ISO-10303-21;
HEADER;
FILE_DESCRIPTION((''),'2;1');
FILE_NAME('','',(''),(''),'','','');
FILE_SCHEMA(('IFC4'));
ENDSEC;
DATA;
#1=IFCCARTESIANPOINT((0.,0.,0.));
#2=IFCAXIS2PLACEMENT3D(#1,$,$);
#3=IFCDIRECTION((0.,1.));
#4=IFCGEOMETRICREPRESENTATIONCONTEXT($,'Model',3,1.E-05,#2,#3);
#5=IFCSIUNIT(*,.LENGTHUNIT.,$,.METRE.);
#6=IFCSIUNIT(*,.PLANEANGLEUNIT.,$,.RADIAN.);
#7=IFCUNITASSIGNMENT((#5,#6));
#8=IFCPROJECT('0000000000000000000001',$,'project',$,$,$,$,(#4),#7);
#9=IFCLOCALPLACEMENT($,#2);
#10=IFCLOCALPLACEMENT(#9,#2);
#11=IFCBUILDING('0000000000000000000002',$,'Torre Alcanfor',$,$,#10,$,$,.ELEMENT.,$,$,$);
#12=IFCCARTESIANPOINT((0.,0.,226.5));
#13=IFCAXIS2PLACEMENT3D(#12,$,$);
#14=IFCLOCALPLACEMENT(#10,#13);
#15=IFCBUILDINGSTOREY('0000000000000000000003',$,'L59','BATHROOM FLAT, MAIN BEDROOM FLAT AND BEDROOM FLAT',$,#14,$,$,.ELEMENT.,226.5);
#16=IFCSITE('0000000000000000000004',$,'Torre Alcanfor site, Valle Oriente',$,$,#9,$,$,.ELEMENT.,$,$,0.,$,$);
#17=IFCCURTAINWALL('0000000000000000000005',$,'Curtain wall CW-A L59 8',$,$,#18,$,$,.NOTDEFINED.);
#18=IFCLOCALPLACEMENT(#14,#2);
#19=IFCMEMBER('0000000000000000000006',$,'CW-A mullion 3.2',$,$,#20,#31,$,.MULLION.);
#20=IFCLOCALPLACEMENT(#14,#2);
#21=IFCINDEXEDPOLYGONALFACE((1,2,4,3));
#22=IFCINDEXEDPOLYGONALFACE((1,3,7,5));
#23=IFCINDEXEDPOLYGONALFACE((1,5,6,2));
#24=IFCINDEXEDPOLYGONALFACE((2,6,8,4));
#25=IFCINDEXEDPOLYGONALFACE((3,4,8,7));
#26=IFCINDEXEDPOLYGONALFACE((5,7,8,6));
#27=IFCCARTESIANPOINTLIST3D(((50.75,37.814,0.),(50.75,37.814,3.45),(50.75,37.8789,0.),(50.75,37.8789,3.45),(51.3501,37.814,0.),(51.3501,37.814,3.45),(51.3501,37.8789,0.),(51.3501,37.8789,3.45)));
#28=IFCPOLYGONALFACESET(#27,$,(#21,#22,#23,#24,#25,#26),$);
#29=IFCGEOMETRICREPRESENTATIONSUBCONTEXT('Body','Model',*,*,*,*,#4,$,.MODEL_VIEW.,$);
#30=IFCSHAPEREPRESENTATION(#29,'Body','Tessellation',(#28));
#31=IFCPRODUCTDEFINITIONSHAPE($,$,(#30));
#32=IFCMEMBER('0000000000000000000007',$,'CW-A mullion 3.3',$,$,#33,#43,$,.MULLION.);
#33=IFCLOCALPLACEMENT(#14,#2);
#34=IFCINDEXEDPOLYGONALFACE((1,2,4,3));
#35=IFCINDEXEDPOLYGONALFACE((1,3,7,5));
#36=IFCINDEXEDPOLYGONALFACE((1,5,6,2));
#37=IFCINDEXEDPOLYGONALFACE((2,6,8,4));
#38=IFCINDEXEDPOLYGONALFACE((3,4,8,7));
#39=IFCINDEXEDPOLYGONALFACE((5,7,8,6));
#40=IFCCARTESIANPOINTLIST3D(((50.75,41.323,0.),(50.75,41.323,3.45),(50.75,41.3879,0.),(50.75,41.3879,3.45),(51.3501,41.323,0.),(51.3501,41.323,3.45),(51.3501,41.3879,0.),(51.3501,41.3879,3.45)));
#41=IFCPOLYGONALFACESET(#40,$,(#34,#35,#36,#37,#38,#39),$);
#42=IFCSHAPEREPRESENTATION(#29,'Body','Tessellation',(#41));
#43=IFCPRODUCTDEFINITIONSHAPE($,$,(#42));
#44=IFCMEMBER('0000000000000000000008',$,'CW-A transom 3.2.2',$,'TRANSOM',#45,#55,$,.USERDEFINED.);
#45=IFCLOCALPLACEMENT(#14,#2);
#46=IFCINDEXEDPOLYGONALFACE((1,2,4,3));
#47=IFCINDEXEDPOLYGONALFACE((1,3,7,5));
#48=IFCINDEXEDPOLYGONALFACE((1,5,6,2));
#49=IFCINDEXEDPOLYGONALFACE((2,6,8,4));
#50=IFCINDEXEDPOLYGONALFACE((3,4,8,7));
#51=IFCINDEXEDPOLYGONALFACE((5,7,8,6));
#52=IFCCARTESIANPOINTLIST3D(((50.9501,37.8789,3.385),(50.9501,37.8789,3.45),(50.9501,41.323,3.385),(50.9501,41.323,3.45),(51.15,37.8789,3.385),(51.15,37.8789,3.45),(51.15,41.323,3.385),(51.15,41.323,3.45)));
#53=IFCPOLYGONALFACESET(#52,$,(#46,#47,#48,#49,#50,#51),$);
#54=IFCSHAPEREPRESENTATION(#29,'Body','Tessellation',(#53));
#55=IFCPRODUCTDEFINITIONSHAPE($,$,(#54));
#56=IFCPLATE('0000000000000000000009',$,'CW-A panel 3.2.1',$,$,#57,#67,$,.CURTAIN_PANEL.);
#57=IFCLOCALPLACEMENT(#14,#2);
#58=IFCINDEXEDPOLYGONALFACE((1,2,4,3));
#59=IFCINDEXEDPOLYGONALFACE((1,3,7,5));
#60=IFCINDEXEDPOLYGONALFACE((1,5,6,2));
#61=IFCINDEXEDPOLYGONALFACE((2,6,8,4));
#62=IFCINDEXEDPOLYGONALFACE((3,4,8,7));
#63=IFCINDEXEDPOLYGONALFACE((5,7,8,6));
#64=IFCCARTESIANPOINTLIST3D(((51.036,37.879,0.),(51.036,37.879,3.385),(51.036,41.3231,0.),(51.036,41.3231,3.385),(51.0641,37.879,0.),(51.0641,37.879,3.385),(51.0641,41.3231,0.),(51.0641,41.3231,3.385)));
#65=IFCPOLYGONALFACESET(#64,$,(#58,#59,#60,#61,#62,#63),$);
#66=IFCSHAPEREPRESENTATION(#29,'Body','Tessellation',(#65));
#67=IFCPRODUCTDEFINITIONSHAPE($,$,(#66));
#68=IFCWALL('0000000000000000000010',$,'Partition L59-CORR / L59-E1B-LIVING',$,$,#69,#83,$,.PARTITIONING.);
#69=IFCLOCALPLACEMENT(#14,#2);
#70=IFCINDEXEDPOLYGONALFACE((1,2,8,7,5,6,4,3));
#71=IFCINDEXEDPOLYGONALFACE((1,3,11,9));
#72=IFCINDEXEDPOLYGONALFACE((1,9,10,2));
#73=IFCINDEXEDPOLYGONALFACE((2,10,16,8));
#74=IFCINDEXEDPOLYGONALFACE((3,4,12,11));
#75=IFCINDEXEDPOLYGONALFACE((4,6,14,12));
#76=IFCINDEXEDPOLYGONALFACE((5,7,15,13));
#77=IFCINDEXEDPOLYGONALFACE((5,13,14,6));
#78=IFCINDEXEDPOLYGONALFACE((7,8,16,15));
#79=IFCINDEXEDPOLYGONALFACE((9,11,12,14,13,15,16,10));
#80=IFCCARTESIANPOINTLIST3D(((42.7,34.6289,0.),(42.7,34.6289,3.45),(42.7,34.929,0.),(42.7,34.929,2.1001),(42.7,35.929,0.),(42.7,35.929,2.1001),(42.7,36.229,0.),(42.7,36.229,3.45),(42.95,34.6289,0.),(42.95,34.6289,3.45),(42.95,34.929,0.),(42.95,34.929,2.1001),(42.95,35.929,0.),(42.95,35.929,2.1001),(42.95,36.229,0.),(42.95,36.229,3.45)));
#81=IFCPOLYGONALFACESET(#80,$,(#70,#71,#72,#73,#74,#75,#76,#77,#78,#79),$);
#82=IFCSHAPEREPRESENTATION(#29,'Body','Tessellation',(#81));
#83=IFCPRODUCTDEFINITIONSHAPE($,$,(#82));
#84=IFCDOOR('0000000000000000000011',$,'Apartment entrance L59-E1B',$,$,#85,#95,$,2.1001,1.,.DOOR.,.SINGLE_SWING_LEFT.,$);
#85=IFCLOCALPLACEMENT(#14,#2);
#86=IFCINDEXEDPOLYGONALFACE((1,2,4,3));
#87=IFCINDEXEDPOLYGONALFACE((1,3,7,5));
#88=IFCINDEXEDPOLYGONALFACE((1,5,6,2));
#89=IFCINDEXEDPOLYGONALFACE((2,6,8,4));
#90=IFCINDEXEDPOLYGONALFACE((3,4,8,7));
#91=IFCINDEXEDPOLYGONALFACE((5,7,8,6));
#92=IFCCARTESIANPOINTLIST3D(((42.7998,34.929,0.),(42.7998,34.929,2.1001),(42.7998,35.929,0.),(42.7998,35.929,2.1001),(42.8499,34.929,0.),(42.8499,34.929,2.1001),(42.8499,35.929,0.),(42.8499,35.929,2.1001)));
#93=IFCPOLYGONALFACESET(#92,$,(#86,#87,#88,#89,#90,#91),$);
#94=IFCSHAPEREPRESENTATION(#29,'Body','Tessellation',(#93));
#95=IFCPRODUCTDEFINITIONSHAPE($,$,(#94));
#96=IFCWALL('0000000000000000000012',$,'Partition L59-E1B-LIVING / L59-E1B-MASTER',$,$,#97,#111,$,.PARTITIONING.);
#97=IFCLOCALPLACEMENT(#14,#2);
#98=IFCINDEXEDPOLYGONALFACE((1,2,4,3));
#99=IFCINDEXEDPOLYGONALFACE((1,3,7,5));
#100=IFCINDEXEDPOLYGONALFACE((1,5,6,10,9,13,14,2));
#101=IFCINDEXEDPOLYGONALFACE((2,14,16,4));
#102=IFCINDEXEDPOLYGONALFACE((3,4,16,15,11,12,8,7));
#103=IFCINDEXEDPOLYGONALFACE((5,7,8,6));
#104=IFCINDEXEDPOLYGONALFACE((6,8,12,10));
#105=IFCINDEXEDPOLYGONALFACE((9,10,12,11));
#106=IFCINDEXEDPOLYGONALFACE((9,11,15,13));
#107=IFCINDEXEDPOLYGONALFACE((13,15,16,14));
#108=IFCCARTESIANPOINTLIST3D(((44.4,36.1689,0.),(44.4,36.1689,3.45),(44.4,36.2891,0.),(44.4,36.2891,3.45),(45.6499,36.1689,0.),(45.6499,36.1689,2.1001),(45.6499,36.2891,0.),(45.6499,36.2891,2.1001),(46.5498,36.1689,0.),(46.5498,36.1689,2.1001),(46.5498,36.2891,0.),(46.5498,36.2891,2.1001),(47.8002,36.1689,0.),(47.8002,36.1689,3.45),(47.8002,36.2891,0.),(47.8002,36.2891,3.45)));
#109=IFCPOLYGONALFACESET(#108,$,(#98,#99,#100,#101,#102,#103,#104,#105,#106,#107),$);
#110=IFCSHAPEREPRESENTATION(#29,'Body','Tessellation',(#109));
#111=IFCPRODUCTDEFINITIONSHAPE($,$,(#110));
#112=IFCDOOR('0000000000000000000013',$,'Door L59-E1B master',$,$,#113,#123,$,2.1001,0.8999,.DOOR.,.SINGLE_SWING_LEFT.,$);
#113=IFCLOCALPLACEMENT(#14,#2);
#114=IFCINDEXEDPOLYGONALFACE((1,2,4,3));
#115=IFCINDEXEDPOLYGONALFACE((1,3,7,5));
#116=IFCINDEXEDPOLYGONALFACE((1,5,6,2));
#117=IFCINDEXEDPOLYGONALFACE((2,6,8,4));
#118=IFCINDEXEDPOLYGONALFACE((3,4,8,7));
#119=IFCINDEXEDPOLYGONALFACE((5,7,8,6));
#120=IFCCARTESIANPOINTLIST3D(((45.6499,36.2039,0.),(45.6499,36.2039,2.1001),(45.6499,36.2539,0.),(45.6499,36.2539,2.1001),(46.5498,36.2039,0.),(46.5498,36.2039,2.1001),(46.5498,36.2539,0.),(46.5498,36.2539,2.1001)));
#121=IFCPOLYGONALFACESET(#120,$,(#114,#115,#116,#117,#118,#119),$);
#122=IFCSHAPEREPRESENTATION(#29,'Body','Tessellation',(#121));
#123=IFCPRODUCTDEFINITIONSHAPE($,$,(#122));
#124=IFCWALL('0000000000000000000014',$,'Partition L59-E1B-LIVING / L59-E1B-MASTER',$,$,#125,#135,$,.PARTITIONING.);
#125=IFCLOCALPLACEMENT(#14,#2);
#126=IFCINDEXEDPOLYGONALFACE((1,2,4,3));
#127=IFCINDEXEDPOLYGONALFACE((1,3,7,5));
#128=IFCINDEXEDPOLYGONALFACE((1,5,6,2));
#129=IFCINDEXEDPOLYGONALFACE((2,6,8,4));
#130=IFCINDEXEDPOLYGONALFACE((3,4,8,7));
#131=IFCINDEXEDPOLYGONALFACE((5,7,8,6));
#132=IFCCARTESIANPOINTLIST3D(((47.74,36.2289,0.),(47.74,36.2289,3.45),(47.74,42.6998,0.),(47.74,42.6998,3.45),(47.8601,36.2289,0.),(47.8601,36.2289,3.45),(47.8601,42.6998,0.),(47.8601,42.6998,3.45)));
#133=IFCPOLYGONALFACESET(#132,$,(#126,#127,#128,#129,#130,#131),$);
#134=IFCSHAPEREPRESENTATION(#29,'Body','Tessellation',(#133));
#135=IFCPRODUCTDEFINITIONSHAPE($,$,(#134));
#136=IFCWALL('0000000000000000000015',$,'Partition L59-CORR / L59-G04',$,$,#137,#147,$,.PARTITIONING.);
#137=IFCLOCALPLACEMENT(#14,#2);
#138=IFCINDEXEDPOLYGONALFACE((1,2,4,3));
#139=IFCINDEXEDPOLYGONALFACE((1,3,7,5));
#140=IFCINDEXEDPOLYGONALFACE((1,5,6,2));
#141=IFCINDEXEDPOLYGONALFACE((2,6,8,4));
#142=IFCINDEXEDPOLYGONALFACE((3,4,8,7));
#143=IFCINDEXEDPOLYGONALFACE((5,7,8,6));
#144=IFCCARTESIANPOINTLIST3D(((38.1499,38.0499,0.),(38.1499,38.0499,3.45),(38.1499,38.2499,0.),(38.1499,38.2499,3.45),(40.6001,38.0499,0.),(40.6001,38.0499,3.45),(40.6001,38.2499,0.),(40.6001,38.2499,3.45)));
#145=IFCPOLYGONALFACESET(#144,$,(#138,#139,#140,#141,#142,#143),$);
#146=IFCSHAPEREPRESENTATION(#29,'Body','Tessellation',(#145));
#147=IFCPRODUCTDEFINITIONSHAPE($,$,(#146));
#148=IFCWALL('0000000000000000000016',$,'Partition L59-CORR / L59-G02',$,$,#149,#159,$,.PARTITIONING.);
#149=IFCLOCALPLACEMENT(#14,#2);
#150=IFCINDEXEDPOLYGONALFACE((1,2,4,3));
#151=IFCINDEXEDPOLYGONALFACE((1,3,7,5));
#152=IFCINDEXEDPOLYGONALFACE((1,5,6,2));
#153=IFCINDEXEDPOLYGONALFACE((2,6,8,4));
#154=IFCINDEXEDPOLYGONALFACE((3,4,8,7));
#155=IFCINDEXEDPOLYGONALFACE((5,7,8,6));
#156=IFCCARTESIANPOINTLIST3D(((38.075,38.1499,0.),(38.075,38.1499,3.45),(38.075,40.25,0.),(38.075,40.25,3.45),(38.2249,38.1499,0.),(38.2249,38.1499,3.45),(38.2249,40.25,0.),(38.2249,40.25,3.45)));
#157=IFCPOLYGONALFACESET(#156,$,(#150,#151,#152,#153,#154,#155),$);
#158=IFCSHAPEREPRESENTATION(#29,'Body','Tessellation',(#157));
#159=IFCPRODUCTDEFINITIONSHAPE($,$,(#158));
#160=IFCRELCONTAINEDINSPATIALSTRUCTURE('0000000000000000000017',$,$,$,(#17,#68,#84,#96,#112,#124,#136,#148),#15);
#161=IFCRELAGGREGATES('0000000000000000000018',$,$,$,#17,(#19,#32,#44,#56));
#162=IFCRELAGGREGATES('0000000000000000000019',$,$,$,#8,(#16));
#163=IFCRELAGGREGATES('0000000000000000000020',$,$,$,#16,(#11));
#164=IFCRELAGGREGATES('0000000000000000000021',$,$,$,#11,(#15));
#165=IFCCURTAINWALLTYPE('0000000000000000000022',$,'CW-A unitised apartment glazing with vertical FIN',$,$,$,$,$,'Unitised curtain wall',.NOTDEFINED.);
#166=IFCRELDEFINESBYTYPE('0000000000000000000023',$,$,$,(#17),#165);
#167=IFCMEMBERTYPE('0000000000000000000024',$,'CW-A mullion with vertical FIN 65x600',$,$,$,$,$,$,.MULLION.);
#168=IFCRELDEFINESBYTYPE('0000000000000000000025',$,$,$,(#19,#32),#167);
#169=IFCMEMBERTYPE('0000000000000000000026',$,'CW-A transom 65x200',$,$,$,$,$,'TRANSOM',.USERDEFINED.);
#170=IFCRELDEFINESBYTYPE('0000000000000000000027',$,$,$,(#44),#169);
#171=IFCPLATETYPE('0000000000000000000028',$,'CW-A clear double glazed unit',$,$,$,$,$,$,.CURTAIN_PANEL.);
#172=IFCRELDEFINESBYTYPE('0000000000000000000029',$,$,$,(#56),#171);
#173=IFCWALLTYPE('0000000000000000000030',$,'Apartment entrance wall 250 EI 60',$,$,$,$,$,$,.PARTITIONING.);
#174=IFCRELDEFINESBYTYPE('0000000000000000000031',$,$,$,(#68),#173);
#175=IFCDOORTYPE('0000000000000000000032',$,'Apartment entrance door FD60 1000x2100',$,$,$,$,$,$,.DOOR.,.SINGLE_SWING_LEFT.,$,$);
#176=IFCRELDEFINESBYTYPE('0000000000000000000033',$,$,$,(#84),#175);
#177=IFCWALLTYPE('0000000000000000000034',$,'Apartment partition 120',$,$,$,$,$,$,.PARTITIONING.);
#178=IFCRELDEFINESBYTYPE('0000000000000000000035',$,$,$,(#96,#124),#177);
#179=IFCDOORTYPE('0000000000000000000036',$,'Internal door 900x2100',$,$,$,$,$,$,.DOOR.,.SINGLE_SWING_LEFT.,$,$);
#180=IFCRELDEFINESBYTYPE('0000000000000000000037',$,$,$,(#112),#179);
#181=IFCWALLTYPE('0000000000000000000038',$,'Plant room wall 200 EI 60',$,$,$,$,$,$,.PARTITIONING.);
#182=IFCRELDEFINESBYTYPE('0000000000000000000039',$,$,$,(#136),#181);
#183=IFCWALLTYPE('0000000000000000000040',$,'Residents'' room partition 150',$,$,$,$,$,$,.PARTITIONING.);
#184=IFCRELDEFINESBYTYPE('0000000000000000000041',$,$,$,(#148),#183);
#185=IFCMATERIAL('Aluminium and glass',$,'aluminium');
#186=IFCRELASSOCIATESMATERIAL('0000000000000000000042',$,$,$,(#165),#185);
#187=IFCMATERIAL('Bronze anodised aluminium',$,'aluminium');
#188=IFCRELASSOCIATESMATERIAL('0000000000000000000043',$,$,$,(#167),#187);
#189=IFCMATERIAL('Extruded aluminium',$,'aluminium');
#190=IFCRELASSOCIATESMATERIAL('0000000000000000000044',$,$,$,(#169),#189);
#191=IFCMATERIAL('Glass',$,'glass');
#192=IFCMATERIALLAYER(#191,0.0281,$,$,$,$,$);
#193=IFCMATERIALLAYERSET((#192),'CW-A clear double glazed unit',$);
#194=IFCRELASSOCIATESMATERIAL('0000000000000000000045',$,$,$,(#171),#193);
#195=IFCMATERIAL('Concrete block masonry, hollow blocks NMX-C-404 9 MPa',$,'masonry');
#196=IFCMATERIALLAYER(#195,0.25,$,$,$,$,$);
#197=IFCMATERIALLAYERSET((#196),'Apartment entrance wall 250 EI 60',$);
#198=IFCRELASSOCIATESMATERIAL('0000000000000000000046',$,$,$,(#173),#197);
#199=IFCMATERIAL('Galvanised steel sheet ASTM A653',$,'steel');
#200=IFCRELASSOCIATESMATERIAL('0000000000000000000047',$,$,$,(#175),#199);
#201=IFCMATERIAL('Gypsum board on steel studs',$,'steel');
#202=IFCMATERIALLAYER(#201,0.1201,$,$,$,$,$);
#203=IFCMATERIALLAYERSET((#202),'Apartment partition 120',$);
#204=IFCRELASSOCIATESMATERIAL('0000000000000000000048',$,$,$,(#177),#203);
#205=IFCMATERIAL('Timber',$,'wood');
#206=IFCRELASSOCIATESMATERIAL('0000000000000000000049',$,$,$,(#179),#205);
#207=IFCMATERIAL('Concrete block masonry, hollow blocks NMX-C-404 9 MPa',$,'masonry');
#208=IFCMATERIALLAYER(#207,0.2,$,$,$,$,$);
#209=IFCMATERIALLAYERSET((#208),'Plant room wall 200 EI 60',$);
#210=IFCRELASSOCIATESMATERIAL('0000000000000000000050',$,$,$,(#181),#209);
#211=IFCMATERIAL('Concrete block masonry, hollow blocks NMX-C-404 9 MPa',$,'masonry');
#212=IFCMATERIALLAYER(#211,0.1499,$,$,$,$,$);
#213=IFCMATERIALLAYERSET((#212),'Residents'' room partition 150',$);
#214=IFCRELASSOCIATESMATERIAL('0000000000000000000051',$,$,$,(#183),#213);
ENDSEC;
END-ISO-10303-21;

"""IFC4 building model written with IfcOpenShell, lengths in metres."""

from ifc_helpers import new_model, si_unit, direction, frame, frame_2d, origin, origin_2d, place, context, subcontext, project, spatial, rectangle, extrude, material, layer, layer_set, material_profile, profile_set, type_object, element, fill, aggregate, save


model = new_model("IFC4")

# Units and contexts
model_context = context("Model", 3, precision=1e-05, world=origin(), true_north=direction((0.0, 1.0)))
body_context = subcontext(model_context, "Body", "Model", "MODEL_VIEW")
ifc_project = project(units=[si_unit("LENGTHUNIT", "METRE"), si_unit("PLANEANGLEUNIT", "RADIAN")], contexts=[model_context])

# Site, building, storey
site_placement = place(None, origin())
site = spatial("IfcSite", under=ifc_project, at=site_placement, Name="Torre Alcanfor site, Valle Oriente", CompositionType="ELEMENT", RefElevation=0.0)
building_placement = place(site_placement, origin())
building = spatial("IfcBuilding", under=site, at=building_placement, Name="Torre Alcanfor", CompositionType="ELEMENT")
storey_placement = place(building_placement, frame((0.0, 0.0, 226.5)))
storey = spatial("IfcBuildingStorey", under=building, at=storey_placement, Name="L59", Description="BATHROOM FLAT, MAIN BEDROOM FLAT AND BEDROOM FLAT", CompositionType="ELEMENT", Elevation=226.5)

# Curtain wall, members, plate
ifc_material_1 = material(Name="Aluminium and glass", Category="aluminium")
curtain_wall_type = type_object("IfcCurtainWallType", Name="CW-A unitised apartment glazing with vertical FIN", ElementType="Unitised curtain wall", PredefinedType="NOTDEFINED", material=ifc_material_1)
curtain_wall_placement = place(storey_placement, origin())
curtain_wall = element("IfcCurtainWall", 1, at=curtain_wall_placement, inside=storey, type_object=curtain_wall_type, Name="Curtain wall CW-A L59 8", PredefinedType="NOTDEFINED")
ifc_material_2 = material(Name="Bronze anodised aluminium", Category="aluminium")
ifc_material_profile_1 = material_profile(ifc_material_2, rectangle(XDim=0.6001, YDim=0.0649, at=origin_2d()), Name="CW-A mullion 65x600")
ifc_profile_set_1 = profile_set([ifc_material_profile_1], Name="Bronze anodised aluminium")
member_type_1 = type_object("IfcMemberType", Name="CW-A mullion with vertical FIN 65x600", PredefinedType="MULLION", material=ifc_profile_set_1)
member_1_placement = place(storey_placement, frame((51.05, 37.8464, 0.0), z_axis=(0.0, 0.0, 1.0), x_axis=(-1.0, 0.0, 0.0)))
member_1 = element("IfcMember", 2, at=member_1_placement, type_object=member_type_1, Name="CW-A mullion 3.2", PredefinedType="MULLION", context=body_context, shape_type="SweptSolid", body=[
    extrude(rectangle(XDim=0.6001, YDim=0.0649, at=origin_2d()), origin(), (0.0, 0.0, 1.0), 3.45),
])
member_2_placement = place(storey_placement, frame((51.05, 41.3555, 0.0), z_axis=(0.0, 0.0, 1.0), x_axis=(-1.0, 0.0, 0.0)))
member_2 = element("IfcMember", 3, at=member_2_placement, type_object=member_type_1, Name="CW-A mullion 3.3", PredefinedType="MULLION", context=body_context, shape_type="SweptSolid", body=[
    extrude(rectangle(XDim=0.6001, YDim=0.0649, at=origin_2d()), origin(), (0.0, 0.0, 1.0), 3.45),
])
ifc_material_3 = material(Name="Extruded aluminium", Category="aluminium")
ifc_material_profile_2 = material_profile(ifc_material_3, rectangle(XDim=0.2, YDim=0.0649, at=origin_2d()), Name="CW-A transom 200x65")
ifc_profile_set_2 = profile_set([ifc_material_profile_2], Name="Extruded aluminium")
member_type_2 = type_object("IfcMemberType", Name="CW-A transom 65x200", ElementType="TRANSOM", PredefinedType="USERDEFINED", material=ifc_profile_set_2)
member_3_placement = place(storey_placement, frame((51.05, 37.8789, 3.4175), z_axis=(0.0, 1.0, 0.0), x_axis=(-1.0, 0.0, 0.0)))
member_3 = element("IfcMember", 4, at=member_3_placement, type_object=member_type_2, Name="CW-A transom 3.2.2", ObjectType="TRANSOM", PredefinedType="USERDEFINED", context=body_context, shape_type="SweptSolid", body=[
    extrude(rectangle(XDim=0.2, YDim=0.0649, at=origin_2d()), origin(), (0.0, 0.0, 1.0), 3.4441),
])
ifc_material_4 = material(Name="Glass", Category="glass")
ifc_layer_1 = layer(ifc_material_4, 0.0281)
ifc_layer_set_1 = layer_set([ifc_layer_1], Name="CW-A clear double glazed unit")
plate_type = type_object("IfcPlateType", Name="CW-A clear double glazed unit", PredefinedType="CURTAIN_PANEL", material=ifc_layer_set_1)
plate_placement = place(storey_placement, frame((51.05, 39.6011, 0.0), z_axis=(0.0, 0.0, 1.0), x_axis=(0.0, 1.0, 0.0)))
plate = element("IfcPlate", 5, at=plate_placement, type_object=plate_type, Name="CW-A panel 3.2.1", PredefinedType="CURTAIN_PANEL", context=body_context, shape_type="SweptSolid", body=[
    extrude(rectangle(XDim=3.4441, YDim=0.0281, at=origin_2d()), origin(), (0.0, 0.0, 1.0), 3.385),
])
aggregate(curtain_wall, [member_1, member_2, member_3, plate])

# Walls, openings, doors
ifc_material_5 = material(Name="Concrete block masonry, hollow blocks NMX-C-404 9 MPa", Category="masonry")
ifc_layer_2 = layer(ifc_material_5, 0.25)
ifc_layer_set_2 = layer_set([ifc_layer_2], Name="Apartment entrance wall 250 EI 60")
wall_type_1 = type_object("IfcWallType", Name="Apartment entrance wall 250 EI 60", PredefinedType="PARTITIONING", material=ifc_layer_set_2)
wall_1_placement = place(storey_placement, frame((42.825, 36.229, 0.0), z_axis=(0.0, 0.0, 1.0), x_axis=(0.0, -1.0, 0.0)))
wall_1 = element("IfcWall", 6, at=wall_1_placement, inside=storey, type_object=wall_type_1, Name="Partition L59-CORR / L59-E1B-LIVING", PredefinedType="PARTITIONING", context=body_context, shape_type="SweptSolid", body=[
    extrude(rectangle(XDim=1.6001, YDim=0.25, at=frame_2d((0.8, 0.0))), origin(), (0.0, 0.0, 1.0), 3.45),
])
opening_1_placement = place(wall_1_placement, frame((0.3, 0.0, 0.0)))
opening_1 = element("IfcOpeningElement", 7, at=opening_1_placement, cuts=wall_1, PredefinedType="OPENING", context=body_context, shape_type="SweptSolid", body=[
    extrude(rectangle(XDim=1.0, YDim=2.1001, at=frame_2d((0.5, 1.05))), frame((0.0, 0.135, 0.0), z_axis=(0.0, -1.0, 0.0), x_axis=(1.0, 0.0, 0.0)), (0.0, 0.0, 1.0), 0.27),
])
ifc_material_6 = material(Name="Galvanised steel sheet ASTM A653", Category="steel")
door_type_1 = type_object("IfcDoorType", Name="Apartment entrance door FD60 1000x2100", OperationType="SINGLE_SWING_LEFT", PredefinedType="DOOR", material=ifc_material_6)
door_1_placement = place(opening_1_placement, origin())
door_1 = element("IfcDoor", 8, at=door_1_placement, inside=storey, type_object=door_type_1, Name="Apartment entrance L59-E1B", OperationType="SINGLE_SWING_LEFT", OverallHeight=2.1001, OverallWidth=1.0, PredefinedType="DOOR", context=body_context, shape_type="SweptSolid", body=[
    extrude(rectangle(XDim=1.0, YDim=2.1001, at=frame_2d((0.5, 1.05))), frame((0.0, 0.0249, 0.0), z_axis=(0.0, -1.0, 0.0), x_axis=(1.0, 0.0, 0.0)), (0.0, 0.0, 1.0), 0.05),
])
fill(opening_1, door_1)
ifc_material_7 = material(Name="Gypsum board on steel studs", Category="steel")
ifc_layer_3 = layer(ifc_material_7, 0.1201)
ifc_layer_set_3 = layer_set([ifc_layer_3], Name="Apartment partition 120")
wall_type_2 = type_object("IfcWallType", Name="Apartment partition 120", PredefinedType="PARTITIONING", material=ifc_layer_set_3)
wall_2_placement = place(storey_placement, frame((44.3999, 36.229, 0.0), z_axis=(0.0, 0.0, 1.0), x_axis=(1.0, 0.0, 0.0)))
wall_2 = element("IfcWall", 9, at=wall_2_placement, inside=storey, type_object=wall_type_2, Name="Partition L59-E1B-LIVING / L59-E1B-MASTER", PredefinedType="PARTITIONING", context=body_context, shape_type="SweptSolid", body=[
    extrude(rectangle(XDim=3.4001, YDim=0.1201, at=frame_2d((1.7002, 0.0))), origin(), (0.0, 0.0, 1.0), 3.45),
])
opening_2_placement = place(wall_2_placement, frame((1.25, 0.0, 0.0)))
opening_2 = element("IfcOpeningElement", 10, at=opening_2_placement, cuts=wall_2, PredefinedType="OPENING", context=body_context, shape_type="SweptSolid", body=[
    extrude(rectangle(XDim=0.8999, YDim=2.1001, at=frame_2d((0.45, 1.05))), frame((0.0, 0.0701, 0.0), z_axis=(0.0, -1.0, 0.0), x_axis=(1.0, 0.0, 0.0)), (0.0, 0.0, 1.0), 0.1401),
])
ifc_material_8 = material(Name="Timber", Category="wood")
door_type_2 = type_object("IfcDoorType", Name="Internal door 900x2100", OperationType="SINGLE_SWING_LEFT", PredefinedType="DOOR", material=ifc_material_8)
door_2_placement = place(opening_2_placement, origin())
door_2 = element("IfcDoor", 11, at=door_2_placement, inside=storey, type_object=door_type_2, Name="Door L59-E1B master", OperationType="SINGLE_SWING_LEFT", OverallHeight=2.1001, OverallWidth=0.8999, PredefinedType="DOOR", context=body_context, shape_type="SweptSolid", body=[
    extrude(rectangle(XDim=0.8999, YDim=2.1001, at=frame_2d((0.45, 1.05))), frame((0.0, 0.0249, 0.0), z_axis=(0.0, -1.0, 0.0), x_axis=(1.0, 0.0, 0.0)), (0.0, 0.0, 1.0), 0.05),
])
fill(opening_2, door_2)

# Walls
wall_3_placement = place(storey_placement, frame((47.8, 36.229, 0.0), z_axis=(0.0, 0.0, 1.0), x_axis=(0.0, 1.0, 0.0)))
element("IfcWall", 12, at=wall_3_placement, inside=storey, type_object=wall_type_2, Name="Partition L59-E1B-LIVING / L59-E1B-MASTER", PredefinedType="PARTITIONING", context=body_context, shape_type="SweptSolid", body=[
    extrude(rectangle(XDim=6.4709, YDim=0.1201, at=frame_2d((3.2354, 0.0))), origin(), (0.0, 0.0, 1.0), 3.45),
])
ifc_material_9 = material(Name="Concrete block masonry, hollow blocks NMX-C-404 9 MPa", Category="masonry")
ifc_layer_4 = layer(ifc_material_9, 0.2)
ifc_layer_set_4 = layer_set([ifc_layer_4], Name="Plant room wall 200 EI 60")
wall_type_3 = type_object("IfcWallType", Name="Plant room wall 200 EI 60", PredefinedType="PARTITIONING", material=ifc_layer_set_4)
wall_4_placement = place(storey_placement, frame((40.6001, 38.1499, 0.0), z_axis=(0.0, 0.0, 1.0), x_axis=(-1.0, 0.0, 0.0)))
element("IfcWall", 13, at=wall_4_placement, inside=storey, type_object=wall_type_3, Name="Partition L59-CORR / L59-G04", PredefinedType="PARTITIONING", context=body_context, shape_type="SweptSolid", body=[
    extrude(rectangle(XDim=2.4502, YDim=0.2, at=frame_2d((1.2251, 0.0))), origin(), (0.0, 0.0, 1.0), 3.45),
])
ifc_material_10 = material(Name="Concrete block masonry, hollow blocks NMX-C-404 9 MPa", Category="masonry")
ifc_layer_5 = layer(ifc_material_10, 0.1499)
ifc_layer_set_5 = layer_set([ifc_layer_5], Name="Residents' room partition 150")
wall_type_4 = type_object("IfcWallType", Name="Residents' room partition 150", PredefinedType="PARTITIONING", material=ifc_layer_set_5)
wall_5_placement = place(storey_placement, frame((38.1499, 38.1499, 0.0), z_axis=(0.0, 0.0, 1.0), x_axis=(0.0, 1.0, 0.0)))
element("IfcWall", 14, at=wall_5_placement, inside=storey, type_object=wall_type_4, Name="Partition L59-CORR / L59-G02", PredefinedType="PARTITIONING", context=body_context, shape_type="SweptSolid", body=[
    extrude(rectangle(XDim=2.1001, YDim=0.1499, at=frame_2d((1.05, 0.0))), origin(), (0.0, 0.0, 1.0), 3.45),
])

save(model, "model.ifc")
